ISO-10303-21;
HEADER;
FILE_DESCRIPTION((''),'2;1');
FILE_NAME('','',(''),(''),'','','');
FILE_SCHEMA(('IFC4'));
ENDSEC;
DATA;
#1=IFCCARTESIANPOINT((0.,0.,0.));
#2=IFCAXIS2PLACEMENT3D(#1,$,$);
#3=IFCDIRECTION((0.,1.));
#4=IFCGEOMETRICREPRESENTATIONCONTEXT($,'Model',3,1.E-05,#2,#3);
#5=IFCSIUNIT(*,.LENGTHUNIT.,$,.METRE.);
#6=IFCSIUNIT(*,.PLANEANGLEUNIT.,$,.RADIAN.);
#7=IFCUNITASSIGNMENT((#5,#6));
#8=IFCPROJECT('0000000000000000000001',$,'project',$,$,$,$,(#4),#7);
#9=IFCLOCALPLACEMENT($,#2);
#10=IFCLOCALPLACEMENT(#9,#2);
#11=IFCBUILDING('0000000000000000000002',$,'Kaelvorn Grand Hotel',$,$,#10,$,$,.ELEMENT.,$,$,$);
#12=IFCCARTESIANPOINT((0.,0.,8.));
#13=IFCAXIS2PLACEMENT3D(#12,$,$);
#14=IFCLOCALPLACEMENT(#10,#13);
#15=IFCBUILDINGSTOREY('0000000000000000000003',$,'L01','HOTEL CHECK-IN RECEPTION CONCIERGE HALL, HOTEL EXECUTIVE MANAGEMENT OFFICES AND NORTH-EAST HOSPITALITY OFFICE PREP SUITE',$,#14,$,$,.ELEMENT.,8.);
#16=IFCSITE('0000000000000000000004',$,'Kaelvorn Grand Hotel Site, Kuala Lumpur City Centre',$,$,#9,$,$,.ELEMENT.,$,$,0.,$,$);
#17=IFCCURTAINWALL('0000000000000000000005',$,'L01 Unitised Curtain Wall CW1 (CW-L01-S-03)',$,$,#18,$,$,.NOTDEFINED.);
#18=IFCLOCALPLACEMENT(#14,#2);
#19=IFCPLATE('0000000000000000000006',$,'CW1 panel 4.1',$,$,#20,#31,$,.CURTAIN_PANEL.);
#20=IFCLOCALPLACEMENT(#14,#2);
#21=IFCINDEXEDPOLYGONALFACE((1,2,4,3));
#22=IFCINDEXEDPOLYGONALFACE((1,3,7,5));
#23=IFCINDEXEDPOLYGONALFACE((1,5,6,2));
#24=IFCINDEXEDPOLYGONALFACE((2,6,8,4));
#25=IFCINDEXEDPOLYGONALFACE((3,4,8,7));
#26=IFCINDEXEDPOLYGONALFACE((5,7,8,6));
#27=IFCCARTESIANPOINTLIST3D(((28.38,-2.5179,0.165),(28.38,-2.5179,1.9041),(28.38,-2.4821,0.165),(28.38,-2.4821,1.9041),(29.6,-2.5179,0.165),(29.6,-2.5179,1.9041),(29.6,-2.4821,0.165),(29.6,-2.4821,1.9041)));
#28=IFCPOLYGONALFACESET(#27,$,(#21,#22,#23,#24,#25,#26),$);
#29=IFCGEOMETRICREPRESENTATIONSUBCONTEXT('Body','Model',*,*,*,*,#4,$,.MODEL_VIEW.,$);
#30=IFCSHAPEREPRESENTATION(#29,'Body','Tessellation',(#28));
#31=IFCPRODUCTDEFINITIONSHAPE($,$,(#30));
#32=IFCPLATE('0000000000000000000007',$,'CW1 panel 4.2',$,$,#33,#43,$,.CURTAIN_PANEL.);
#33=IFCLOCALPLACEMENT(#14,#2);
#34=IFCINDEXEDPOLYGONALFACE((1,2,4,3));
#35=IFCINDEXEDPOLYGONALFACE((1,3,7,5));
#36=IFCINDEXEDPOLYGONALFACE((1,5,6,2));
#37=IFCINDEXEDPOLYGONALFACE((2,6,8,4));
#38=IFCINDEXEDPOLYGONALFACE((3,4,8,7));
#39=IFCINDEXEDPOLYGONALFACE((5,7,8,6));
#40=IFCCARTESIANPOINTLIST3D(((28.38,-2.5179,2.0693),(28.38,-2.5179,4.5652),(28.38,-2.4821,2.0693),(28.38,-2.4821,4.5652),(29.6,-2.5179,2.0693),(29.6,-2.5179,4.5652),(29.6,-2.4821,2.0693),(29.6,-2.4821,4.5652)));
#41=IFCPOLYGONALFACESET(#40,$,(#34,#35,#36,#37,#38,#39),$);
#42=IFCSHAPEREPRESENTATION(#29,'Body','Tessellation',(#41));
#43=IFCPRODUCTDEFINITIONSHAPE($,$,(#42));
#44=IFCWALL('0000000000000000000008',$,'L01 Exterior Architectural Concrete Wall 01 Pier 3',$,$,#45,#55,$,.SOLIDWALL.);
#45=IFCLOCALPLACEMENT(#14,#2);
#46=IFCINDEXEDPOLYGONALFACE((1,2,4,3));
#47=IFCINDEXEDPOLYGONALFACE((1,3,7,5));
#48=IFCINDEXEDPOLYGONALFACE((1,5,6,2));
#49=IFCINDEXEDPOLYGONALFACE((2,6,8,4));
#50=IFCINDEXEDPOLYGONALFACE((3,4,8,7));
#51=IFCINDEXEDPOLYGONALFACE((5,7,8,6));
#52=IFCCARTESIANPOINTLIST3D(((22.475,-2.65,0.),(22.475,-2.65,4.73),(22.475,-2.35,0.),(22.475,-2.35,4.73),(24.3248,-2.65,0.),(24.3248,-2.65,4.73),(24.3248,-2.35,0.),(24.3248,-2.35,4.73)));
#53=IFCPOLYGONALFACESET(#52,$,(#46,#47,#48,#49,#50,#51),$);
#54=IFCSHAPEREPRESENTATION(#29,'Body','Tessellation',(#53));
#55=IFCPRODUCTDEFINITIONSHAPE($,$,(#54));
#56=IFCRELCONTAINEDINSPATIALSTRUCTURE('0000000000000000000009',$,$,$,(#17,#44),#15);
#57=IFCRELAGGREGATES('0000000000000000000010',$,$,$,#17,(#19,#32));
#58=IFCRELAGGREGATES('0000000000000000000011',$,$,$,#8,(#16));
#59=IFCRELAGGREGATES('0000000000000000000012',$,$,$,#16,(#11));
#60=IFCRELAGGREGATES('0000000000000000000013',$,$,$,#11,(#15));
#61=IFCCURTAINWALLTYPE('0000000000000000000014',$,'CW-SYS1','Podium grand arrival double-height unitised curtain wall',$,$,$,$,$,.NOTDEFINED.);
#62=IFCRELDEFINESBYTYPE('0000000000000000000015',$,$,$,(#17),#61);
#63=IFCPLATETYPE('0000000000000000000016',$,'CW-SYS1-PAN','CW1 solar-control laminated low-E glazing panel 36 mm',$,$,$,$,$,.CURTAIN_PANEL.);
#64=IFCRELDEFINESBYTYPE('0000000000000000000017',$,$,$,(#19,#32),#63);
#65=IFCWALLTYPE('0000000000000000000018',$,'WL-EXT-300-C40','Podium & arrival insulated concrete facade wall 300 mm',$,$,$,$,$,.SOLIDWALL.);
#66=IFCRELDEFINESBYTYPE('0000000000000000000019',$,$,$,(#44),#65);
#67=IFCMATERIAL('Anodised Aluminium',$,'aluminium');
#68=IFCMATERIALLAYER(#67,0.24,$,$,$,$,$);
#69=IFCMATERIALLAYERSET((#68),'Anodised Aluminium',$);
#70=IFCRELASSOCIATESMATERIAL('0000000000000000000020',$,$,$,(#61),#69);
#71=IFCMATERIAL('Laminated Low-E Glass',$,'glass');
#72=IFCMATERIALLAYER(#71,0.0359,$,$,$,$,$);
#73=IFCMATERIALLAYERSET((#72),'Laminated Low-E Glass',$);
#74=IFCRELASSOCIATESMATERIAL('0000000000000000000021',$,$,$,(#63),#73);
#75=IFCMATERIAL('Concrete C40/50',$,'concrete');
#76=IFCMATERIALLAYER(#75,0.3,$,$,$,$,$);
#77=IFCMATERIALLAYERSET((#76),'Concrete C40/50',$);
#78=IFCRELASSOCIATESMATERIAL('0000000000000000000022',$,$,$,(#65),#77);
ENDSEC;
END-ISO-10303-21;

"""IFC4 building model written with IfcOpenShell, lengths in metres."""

from ifc_helpers import new_model, si_unit, direction, frame, frame_2d, origin, origin_2d, place, context, subcontext, project, spatial, rectangle, extrude, material, layer, layer_set, type_object, element, aggregate, save


model = new_model("IFC4")

# Units and contexts
model_context = context("Model", 3, precision=1e-05, world=origin(), true_north=direction((0.0, 1.0)))
body_context = subcontext(model_context, "Body", "Model", "MODEL_VIEW")
ifc_project = project(units=[si_unit("LENGTHUNIT", "METRE"), si_unit("PLANEANGLEUNIT", "RADIAN")], contexts=[model_context])

# Site, building, storey
site_placement = place(None, origin())
site = spatial("IfcSite", under=ifc_project, at=site_placement, Name="Kaelvorn Grand Hotel Site, Kuala Lumpur City Centre", CompositionType="ELEMENT", RefElevation=0.0)
building_placement = place(site_placement, origin())
building = spatial("IfcBuilding", under=site, at=building_placement, Name="Kaelvorn Grand Hotel", CompositionType="ELEMENT")
storey_placement = place(building_placement, frame((0.0, 0.0, 8.0)))
storey = spatial("IfcBuildingStorey", under=building, at=storey_placement, Name="L01", Description="HOTEL CHECK-IN RECEPTION CONCIERGE HALL, HOTEL EXECUTIVE MANAGEMENT OFFICES AND NORTH-EAST HOSPITALITY OFFICE PREP SUITE", CompositionType="ELEMENT", Elevation=8.0)

# Curtain wall
ifc_material_1 = material(Name="Anodised Aluminium", Category="aluminium")
ifc_layer_1 = layer(ifc_material_1, 0.24)
ifc_layer_set_1 = layer_set([ifc_layer_1], Name="Anodised Aluminium")
curtain_wall_type = type_object("IfcCurtainWallType", Name="CW-SYS1", Description="Podium grand arrival double-height unitised curtain wall", PredefinedType="NOTDEFINED", material=ifc_layer_set_1)
curtain_wall_1_placement = place(storey_placement, origin())
curtain_wall_1 = element("IfcCurtainWall", 1, at=curtain_wall_1_placement, inside=storey, type_object=curtain_wall_type, Name="L01 Unitised Curtain Wall CW1 (CW-L01-S-03)", PredefinedType="NOTDEFINED")

# Plates
ifc_material_2 = material(Name="Laminated Low-E Glass", Category="glass")
ifc_layer_2 = layer(ifc_material_2, 0.0359)
ifc_layer_set_2 = layer_set([ifc_layer_2], Name="Laminated Low-E Glass")
plate_type = type_object("IfcPlateType", Name="CW-SYS1-PAN", Description="CW1 solar-control laminated low-E glazing panel 36 mm", PredefinedType="CURTAIN_PANEL", material=ifc_layer_set_2)
plate_1_placement = place(storey_placement, frame((28.99, -2.5, 0.165), z_axis=(0.0, 0.0, 1.0), x_axis=(1.0, 0.0, 0.0)))
plate_1 = element("IfcPlate", 2, at=plate_1_placement, type_object=plate_type, Name="CW1 panel 4.1", PredefinedType="CURTAIN_PANEL", context=body_context, shape_type="SweptSolid", body=[
    extrude(rectangle(XDim=1.22, YDim=0.0359, at=origin_2d()), origin(), (0.0, 0.0, 1.0), 1.739),
])
plate_2_placement = place(storey_placement, frame((28.99, -2.5, 2.0693), z_axis=(0.0, 0.0, 1.0), x_axis=(1.0, 0.0, 0.0)))
plate_2 = element("IfcPlate", 3, at=plate_2_placement, type_object=plate_type, Name="CW1 panel 4.2", PredefinedType="CURTAIN_PANEL", context=body_context, shape_type="SweptSolid", body=[
    extrude(rectangle(XDim=1.22, YDim=0.0359, at=origin_2d()), origin(), (0.0, 0.0, 1.0), 2.4958),
])
aggregate(curtain_wall_1, [plate_1, plate_2])

# Wall
ifc_material_3 = material(Name="Concrete C40/50", Category="concrete")
ifc_layer_3 = layer(ifc_material_3, 0.3)
ifc_layer_set_3 = layer_set([ifc_layer_3], Name="Concrete C40/50")
wall_type = type_object("IfcWallType", Name="WL-EXT-300-C40", Description="Podium & arrival insulated concrete facade wall 300 mm", PredefinedType="SOLIDWALL", material=ifc_layer_set_3)
wall_placement = place(storey_placement, frame((22.4751, -2.5, 0.0), z_axis=(0.0, 0.0, 1.0), x_axis=(1.0, 0.0, 0.0)))
element("IfcWall", 4, at=wall_placement, inside=storey, type_object=wall_type, Name="L01 Exterior Architectural Concrete Wall 01 Pier 3", PredefinedType="SOLIDWALL", context=body_context, shape_type="SweptSolid", body=[
    extrude(rectangle(XDim=1.8499, YDim=0.3, at=frame_2d((0.9248, 0.0))), origin(), (0.0, 0.0, 1.0), 4.73),
])

save(model, "model.ifc")
